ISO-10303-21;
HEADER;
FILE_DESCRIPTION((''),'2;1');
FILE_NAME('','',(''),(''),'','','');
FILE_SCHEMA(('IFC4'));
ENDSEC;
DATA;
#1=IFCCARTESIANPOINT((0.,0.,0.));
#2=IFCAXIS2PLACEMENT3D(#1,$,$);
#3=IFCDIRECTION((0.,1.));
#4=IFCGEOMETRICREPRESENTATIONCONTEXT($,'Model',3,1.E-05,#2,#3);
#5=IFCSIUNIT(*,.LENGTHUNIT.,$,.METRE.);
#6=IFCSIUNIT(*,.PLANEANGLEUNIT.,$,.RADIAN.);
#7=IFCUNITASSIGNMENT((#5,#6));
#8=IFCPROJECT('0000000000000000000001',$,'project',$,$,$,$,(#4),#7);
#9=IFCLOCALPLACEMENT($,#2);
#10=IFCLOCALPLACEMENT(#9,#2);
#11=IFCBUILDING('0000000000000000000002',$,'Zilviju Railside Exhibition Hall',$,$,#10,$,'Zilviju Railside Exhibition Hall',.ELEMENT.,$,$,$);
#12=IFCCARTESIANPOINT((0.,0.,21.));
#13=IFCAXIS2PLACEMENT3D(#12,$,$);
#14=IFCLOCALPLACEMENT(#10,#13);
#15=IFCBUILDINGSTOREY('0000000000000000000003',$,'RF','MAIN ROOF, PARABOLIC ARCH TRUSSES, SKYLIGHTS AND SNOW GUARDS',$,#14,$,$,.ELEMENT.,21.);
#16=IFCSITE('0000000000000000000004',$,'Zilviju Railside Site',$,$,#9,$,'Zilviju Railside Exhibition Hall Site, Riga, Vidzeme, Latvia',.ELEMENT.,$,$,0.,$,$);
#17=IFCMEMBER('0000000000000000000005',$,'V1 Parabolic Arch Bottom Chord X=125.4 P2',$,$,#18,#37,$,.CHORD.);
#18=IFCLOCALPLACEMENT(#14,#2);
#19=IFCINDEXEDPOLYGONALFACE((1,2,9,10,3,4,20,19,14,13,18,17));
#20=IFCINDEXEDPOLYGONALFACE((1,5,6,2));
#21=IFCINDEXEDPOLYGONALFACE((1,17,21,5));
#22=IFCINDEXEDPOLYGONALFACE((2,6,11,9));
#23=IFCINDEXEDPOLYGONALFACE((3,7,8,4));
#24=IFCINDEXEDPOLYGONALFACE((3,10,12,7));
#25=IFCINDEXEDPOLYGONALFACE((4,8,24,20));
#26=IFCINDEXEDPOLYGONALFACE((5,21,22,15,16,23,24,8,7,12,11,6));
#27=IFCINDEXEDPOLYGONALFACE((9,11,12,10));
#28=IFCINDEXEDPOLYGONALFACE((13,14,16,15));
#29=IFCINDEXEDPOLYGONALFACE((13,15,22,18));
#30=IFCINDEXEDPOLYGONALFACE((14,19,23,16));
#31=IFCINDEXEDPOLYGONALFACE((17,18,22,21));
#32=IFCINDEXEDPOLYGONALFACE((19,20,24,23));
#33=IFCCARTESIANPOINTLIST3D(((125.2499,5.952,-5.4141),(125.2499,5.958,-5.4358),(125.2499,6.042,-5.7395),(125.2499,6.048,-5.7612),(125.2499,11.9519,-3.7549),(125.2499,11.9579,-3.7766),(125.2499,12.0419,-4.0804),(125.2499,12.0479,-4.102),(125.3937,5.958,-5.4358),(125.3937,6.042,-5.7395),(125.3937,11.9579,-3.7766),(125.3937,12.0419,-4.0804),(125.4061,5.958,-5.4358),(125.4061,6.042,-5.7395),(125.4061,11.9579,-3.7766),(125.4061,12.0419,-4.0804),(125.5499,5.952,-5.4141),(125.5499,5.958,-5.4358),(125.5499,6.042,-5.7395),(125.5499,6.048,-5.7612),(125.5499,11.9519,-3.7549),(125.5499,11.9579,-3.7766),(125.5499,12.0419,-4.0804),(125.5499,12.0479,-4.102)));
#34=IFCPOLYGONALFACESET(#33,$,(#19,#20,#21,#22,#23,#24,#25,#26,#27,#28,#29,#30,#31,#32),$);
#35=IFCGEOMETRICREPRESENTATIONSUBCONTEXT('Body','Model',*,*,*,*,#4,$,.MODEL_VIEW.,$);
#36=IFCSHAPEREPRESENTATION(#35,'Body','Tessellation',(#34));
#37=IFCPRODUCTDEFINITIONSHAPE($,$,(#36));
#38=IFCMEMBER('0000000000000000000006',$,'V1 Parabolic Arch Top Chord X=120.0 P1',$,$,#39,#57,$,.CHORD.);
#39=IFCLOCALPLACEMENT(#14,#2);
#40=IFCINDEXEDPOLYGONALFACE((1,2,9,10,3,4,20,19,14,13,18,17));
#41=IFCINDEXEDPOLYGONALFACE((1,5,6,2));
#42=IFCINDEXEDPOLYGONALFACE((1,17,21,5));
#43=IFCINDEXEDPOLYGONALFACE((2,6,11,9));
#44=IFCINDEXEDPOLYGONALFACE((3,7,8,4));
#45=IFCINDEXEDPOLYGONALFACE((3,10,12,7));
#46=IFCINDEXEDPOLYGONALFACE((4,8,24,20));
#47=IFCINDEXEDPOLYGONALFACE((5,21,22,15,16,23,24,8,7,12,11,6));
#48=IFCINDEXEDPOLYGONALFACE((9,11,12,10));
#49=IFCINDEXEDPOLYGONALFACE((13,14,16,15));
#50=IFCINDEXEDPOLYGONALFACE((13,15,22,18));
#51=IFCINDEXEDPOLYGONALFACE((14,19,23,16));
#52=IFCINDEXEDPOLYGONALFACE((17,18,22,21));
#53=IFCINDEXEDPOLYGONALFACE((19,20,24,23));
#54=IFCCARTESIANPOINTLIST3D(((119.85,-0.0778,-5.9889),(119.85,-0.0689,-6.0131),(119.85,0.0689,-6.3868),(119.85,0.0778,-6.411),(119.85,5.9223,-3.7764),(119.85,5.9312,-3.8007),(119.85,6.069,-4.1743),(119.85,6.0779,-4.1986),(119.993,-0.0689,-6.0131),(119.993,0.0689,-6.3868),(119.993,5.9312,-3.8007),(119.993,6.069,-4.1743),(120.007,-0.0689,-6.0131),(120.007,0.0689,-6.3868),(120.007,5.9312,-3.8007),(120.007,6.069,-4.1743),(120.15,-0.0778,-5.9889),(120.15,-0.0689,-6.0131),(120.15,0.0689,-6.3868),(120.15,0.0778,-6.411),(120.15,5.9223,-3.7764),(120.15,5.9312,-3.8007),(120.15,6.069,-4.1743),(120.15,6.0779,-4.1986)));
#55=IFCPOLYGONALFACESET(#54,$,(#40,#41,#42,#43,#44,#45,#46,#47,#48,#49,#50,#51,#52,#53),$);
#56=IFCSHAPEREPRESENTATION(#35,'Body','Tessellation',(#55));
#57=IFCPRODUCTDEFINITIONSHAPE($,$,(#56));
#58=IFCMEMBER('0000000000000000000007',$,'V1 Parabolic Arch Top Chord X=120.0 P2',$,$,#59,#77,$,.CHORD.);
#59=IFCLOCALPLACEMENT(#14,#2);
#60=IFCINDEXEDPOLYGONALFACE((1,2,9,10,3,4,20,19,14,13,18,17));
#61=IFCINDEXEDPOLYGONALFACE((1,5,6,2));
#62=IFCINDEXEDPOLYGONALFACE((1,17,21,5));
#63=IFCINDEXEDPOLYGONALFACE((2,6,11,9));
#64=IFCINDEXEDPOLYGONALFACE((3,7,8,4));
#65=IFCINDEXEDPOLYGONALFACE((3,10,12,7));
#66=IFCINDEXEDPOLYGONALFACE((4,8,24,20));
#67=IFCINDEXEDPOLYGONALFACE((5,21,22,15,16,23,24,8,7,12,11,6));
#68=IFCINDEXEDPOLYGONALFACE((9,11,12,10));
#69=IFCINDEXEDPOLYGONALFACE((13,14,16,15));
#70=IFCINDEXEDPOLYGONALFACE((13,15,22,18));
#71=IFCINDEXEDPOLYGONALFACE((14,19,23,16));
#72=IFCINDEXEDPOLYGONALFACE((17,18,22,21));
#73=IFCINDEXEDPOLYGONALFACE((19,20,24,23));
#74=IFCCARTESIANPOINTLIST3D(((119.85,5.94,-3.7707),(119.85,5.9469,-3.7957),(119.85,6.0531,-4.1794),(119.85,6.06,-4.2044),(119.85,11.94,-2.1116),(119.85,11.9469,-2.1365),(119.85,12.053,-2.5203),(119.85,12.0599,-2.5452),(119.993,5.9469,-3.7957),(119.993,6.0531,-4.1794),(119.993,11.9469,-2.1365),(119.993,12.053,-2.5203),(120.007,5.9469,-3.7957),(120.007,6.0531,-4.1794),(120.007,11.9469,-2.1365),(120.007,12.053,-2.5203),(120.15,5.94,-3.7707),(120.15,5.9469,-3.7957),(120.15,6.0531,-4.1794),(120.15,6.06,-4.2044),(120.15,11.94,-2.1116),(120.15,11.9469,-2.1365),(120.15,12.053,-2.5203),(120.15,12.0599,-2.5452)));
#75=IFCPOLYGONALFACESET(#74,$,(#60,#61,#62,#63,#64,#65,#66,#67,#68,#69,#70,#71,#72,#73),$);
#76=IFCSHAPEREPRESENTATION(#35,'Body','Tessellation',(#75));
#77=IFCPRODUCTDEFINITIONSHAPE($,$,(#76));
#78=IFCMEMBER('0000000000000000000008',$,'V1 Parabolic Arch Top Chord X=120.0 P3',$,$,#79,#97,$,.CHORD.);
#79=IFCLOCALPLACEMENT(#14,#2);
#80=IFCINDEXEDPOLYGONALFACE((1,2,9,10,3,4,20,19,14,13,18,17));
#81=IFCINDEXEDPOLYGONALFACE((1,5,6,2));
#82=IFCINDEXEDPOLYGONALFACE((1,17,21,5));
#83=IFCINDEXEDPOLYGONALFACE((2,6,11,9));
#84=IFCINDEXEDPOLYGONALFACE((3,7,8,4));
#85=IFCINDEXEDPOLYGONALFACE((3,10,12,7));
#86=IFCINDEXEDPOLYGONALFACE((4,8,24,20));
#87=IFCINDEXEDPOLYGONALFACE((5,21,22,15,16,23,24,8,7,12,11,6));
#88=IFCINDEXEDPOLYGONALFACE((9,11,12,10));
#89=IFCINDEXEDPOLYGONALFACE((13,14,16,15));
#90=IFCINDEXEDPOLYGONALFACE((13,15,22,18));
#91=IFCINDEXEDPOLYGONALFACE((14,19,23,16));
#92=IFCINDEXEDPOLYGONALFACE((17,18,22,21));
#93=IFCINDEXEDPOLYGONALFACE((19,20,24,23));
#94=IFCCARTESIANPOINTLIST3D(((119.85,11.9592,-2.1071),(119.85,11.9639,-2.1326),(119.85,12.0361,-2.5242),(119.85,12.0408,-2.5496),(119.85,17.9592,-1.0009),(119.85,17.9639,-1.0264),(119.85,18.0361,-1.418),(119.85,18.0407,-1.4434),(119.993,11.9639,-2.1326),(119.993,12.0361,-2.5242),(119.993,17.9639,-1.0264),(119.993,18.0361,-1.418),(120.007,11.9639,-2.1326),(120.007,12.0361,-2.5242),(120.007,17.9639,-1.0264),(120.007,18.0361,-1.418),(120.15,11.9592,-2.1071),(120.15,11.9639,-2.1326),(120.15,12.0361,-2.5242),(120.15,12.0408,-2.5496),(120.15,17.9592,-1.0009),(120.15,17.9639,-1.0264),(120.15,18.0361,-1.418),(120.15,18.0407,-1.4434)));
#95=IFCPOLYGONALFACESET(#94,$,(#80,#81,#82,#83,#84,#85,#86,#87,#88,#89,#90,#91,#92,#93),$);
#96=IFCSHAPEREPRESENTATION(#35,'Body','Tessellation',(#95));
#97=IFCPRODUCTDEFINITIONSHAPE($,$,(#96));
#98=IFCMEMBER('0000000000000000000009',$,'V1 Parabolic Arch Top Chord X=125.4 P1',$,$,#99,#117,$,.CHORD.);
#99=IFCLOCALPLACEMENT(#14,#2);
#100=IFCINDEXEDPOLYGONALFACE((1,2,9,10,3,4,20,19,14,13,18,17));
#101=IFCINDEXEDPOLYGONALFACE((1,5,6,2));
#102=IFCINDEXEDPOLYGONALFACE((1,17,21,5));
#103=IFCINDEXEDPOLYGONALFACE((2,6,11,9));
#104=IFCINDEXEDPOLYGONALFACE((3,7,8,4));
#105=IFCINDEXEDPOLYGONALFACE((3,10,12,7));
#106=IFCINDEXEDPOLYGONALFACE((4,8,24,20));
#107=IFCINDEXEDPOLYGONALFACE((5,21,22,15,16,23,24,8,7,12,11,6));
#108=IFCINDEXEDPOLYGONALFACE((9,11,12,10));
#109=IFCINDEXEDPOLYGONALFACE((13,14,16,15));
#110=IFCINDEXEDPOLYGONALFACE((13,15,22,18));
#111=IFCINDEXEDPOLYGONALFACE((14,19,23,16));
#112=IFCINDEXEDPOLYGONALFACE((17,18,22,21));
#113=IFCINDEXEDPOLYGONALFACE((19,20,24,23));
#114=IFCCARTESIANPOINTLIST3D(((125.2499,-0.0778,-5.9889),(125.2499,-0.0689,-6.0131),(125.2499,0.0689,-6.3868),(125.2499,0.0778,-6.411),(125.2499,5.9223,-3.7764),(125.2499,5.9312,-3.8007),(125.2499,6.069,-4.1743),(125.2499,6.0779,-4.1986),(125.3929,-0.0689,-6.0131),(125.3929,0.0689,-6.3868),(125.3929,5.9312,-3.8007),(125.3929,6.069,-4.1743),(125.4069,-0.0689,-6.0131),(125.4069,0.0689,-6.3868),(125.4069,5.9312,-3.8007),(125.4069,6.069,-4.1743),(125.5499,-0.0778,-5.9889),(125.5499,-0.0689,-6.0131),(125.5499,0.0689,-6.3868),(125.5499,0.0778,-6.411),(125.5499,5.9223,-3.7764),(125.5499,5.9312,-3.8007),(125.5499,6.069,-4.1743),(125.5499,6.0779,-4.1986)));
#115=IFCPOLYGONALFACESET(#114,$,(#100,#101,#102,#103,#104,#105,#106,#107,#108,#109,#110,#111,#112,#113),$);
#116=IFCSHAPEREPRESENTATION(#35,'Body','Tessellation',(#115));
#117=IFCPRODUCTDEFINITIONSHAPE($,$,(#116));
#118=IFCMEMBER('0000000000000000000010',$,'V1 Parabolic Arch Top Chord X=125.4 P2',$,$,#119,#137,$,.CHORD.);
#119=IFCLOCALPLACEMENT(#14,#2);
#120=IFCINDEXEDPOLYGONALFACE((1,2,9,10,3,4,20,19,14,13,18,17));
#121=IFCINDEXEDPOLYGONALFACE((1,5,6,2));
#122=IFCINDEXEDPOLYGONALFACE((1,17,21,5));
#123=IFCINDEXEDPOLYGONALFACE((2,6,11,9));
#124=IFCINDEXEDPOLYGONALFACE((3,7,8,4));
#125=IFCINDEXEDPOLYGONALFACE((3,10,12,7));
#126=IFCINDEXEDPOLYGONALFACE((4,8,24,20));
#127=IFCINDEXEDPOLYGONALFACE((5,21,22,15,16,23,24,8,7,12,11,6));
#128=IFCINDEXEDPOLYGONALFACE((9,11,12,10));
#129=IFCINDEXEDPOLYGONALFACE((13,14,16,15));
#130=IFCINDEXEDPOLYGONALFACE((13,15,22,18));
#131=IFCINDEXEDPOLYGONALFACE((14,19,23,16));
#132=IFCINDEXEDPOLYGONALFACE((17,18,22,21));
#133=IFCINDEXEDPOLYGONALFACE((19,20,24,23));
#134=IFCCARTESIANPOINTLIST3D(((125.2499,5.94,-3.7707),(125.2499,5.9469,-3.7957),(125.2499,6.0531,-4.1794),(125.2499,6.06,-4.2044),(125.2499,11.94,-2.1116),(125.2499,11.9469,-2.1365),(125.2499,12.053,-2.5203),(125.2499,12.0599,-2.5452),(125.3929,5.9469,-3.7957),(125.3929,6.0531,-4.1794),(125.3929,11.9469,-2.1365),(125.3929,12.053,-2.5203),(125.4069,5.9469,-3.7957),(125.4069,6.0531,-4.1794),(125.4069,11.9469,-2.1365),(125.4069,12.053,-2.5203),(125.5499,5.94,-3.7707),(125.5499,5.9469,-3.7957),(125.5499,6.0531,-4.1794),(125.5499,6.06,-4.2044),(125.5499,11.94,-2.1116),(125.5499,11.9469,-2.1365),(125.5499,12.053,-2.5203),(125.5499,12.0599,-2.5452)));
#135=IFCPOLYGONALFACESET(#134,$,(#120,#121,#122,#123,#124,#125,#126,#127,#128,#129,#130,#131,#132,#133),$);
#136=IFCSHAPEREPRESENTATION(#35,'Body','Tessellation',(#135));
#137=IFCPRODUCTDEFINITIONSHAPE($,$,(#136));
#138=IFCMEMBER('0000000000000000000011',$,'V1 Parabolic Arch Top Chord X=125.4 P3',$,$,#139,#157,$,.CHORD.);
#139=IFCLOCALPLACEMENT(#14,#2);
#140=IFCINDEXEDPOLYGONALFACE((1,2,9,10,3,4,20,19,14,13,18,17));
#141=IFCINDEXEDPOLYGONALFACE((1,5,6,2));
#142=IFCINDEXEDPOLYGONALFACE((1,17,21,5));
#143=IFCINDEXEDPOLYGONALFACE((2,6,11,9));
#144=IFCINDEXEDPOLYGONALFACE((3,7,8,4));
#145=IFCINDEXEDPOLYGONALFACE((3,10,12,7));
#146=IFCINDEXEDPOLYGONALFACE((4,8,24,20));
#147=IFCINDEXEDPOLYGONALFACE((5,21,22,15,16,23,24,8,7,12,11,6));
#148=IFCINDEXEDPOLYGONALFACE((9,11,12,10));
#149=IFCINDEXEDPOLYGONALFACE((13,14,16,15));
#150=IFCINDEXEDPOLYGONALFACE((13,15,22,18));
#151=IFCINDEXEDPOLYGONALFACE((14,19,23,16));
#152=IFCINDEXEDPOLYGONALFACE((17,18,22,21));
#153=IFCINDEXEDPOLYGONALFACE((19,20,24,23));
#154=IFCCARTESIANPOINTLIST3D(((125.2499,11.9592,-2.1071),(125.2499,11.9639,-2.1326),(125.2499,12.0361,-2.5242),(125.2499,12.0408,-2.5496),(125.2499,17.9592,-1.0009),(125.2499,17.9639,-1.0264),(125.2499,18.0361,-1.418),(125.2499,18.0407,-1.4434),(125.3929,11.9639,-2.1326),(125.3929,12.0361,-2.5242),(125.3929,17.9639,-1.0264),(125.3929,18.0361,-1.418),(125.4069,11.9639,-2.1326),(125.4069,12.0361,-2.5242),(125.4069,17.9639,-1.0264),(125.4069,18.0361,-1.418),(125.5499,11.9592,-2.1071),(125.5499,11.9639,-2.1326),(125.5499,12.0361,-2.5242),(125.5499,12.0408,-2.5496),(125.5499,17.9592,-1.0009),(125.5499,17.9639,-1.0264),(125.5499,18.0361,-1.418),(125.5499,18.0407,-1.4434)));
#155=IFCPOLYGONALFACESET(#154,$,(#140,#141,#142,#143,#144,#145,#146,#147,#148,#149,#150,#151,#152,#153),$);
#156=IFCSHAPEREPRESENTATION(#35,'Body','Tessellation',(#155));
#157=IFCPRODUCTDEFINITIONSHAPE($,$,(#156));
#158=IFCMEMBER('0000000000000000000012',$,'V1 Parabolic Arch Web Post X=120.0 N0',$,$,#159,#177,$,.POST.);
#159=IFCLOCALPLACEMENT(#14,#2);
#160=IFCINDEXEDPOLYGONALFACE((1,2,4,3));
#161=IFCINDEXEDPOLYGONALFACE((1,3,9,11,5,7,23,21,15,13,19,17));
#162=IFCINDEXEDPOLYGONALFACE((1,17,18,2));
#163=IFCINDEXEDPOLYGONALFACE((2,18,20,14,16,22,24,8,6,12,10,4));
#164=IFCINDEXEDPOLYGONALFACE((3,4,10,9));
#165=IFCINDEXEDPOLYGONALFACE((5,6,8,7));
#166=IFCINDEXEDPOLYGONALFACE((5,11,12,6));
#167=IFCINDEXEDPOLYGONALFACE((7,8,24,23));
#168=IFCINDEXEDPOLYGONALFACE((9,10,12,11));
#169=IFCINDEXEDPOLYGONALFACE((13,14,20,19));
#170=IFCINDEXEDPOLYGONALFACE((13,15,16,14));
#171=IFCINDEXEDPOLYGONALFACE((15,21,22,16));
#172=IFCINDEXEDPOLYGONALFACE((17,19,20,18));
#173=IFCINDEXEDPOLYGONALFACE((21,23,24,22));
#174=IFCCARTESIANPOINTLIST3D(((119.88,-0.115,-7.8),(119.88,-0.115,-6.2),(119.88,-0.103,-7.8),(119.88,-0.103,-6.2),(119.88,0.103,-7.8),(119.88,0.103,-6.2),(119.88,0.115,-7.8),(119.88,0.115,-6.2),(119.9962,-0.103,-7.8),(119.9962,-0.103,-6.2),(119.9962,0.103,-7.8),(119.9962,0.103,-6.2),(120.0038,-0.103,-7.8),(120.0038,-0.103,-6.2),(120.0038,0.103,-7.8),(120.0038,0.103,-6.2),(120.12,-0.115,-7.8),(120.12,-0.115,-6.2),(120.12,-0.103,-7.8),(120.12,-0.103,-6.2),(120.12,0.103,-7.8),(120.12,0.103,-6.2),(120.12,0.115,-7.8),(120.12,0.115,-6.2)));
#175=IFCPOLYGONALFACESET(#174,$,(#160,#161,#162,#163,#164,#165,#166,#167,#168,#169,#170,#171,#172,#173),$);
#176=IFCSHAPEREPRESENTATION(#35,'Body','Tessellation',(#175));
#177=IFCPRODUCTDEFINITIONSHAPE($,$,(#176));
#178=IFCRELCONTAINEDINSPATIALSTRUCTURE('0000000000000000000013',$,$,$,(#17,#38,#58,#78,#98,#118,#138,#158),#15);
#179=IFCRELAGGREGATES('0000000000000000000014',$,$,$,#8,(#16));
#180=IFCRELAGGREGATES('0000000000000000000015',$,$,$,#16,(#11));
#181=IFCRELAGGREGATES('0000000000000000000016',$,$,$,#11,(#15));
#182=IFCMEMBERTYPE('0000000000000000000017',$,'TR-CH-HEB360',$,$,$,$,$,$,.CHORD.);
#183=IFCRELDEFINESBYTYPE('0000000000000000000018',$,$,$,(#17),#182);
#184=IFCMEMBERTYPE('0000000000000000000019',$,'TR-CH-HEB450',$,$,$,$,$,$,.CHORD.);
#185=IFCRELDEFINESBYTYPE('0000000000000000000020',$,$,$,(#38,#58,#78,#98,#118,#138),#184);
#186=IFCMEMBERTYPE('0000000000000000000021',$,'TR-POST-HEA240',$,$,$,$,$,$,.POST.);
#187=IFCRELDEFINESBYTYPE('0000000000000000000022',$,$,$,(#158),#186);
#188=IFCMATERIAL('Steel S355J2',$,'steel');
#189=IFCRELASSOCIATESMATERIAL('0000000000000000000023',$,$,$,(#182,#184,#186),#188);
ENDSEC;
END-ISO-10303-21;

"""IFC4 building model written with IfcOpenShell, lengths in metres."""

from ifc_helpers import new_model, si_unit, direction, frame, origin, origin_2d, place, context, subcontext, project, spatial, i_section, extrude, material, material_profile, profile_set, type_object, element, save


model = new_model("IFC4")

# Units and contexts
model_context = context("Model", 3, precision=1e-05, world=origin(), true_north=direction((0.0, 1.0)))
body_context = subcontext(model_context, "Body", "Model", "MODEL_VIEW")
ifc_project = project(units=[si_unit("LENGTHUNIT", "METRE"), si_unit("PLANEANGLEUNIT", "RADIAN")], contexts=[model_context])

# Site, building, storey
site_placement = place(None, origin())
site = spatial("IfcSite", under=ifc_project, at=site_placement, Name="Zilviju Railside Site", LongName="Zilviju Railside Exhibition Hall Site, Riga, Vidzeme, Latvia", CompositionType="ELEMENT", RefElevation=0.0)
building_placement = place(site_placement, origin())
building = spatial("IfcBuilding", under=site, at=building_placement, Name="Zilviju Railside Exhibition Hall", LongName="Zilviju Railside Exhibition Hall", CompositionType="ELEMENT")
storey_placement = place(building_placement, frame((0.0, 0.0, 21.0)))
storey = spatial("IfcBuildingStorey", under=building, at=storey_placement, Name="RF", Description="MAIN ROOF, PARABOLIC ARCH TRUSSES, SKYLIGHTS AND SNOW GUARDS", CompositionType="ELEMENT", Elevation=21.0)

# Members
ifc_material_1 = material(Name="Steel S355J2", Category="steel")
ifc_material_profile_1 = material_profile(ifc_material_1, i_section(OverallWidth=0.3, OverallDepth=0.3601, WebThickness=0.0125, FlangeThickness=0.0225, at=origin_2d()), Name="HEB 360")
ifc_profile_set_1 = profile_set([ifc_material_profile_1], Name="Steel S355J2")
member_type_1 = type_object("IfcMemberType", Name="TR-CH-HEB360", PredefinedType="CHORD", material=ifc_profile_set_1)
member_1_placement = place(storey_placement, frame((125.3999, 6.0, -5.5876), z_axis=(0.0, 0.963827, 0.266527), x_axis=(-1.0, 0.0, 0.0)))
element("IfcMember", 1, at=member_1_placement, inside=storey, type_object=member_type_1, Name="V1 Parabolic Arch Bottom Chord X=125.4 P2", PredefinedType="CHORD", context=body_context, shape_type="SweptSolid", body=[
    extrude(i_section(OverallWidth=0.3, OverallDepth=0.3601, WebThickness=0.0125, FlangeThickness=0.0225, at=origin_2d()), origin(), (0.0, 0.0, 1.0), 6.2251),
])
ifc_material_profile_2 = material_profile(ifc_material_1, i_section(OverallWidth=0.3, OverallDepth=0.45, WebThickness=0.0139, FlangeThickness=0.0259, at=origin_2d()), Name="HEB 450")
ifc_profile_set_2 = profile_set([ifc_material_profile_2], Name="Steel S355J2")
member_type_2 = type_object("IfcMemberType", Name="TR-CH-HEB450", PredefinedType="CHORD", material=ifc_profile_set_2)
member_2_placement = place(storey_placement, frame((120.0, 0.0, -6.2), z_axis=(0.0, 0.938248, 0.345964), x_axis=(-1.0, 0.0, 0.0)))
element("IfcMember", 2, at=member_2_placement, inside=storey, type_object=member_type_2, Name="V1 Parabolic Arch Top Chord X=120.0 P1", PredefinedType="CHORD", context=body_context, shape_type="SweptSolid", body=[
    extrude(i_section(OverallWidth=0.3, OverallDepth=0.45, WebThickness=0.0139, FlangeThickness=0.0259, at=origin_2d()), origin(), (0.0, 0.0, 1.0), 6.395),
])
member_3_placement = place(storey_placement, frame((120.0, 6.0, -3.9875), z_axis=(0.0, 0.963827, 0.266527), x_axis=(-1.0, 0.0, 0.0)))
element("IfcMember", 3, at=member_3_placement, inside=storey, type_object=member_type_2, Name="V1 Parabolic Arch Top Chord X=120.0 P2", PredefinedType="CHORD", context=body_context, shape_type="SweptSolid", body=[
    extrude(i_section(OverallWidth=0.3, OverallDepth=0.45, WebThickness=0.0139, FlangeThickness=0.0259, at=origin_2d()), origin(), (0.0, 0.0, 1.0), 6.2251),
])
member_4_placement = place(storey_placement, frame((120.0, 12.0, -2.3284), z_axis=(0.0, 0.983426, 0.181311), x_axis=(-1.0, 0.0, 0.0)))
element("IfcMember", 4, at=member_4_placement, inside=storey, type_object=member_type_2, Name="V1 Parabolic Arch Top Chord X=120.0 P3", PredefinedType="CHORD", context=body_context, shape_type="SweptSolid", body=[
    extrude(i_section(OverallWidth=0.3, OverallDepth=0.45, WebThickness=0.0139, FlangeThickness=0.0259, at=origin_2d()), origin(), (0.0, 0.0, 1.0), 6.1011),
])
member_5_placement = place(storey_placement, frame((125.3999, 0.0, -6.2), z_axis=(0.0, 0.938248, 0.345964), x_axis=(-1.0, 0.0, 0.0)))
element("IfcMember", 5, at=member_5_placement, inside=storey, type_object=member_type_2, Name="V1 Parabolic Arch Top Chord X=125.4 P1", PredefinedType="CHORD", context=body_context, shape_type="SweptSolid", body=[
    extrude(i_section(OverallWidth=0.3, OverallDepth=0.45, WebThickness=0.0139, FlangeThickness=0.0259, at=origin_2d()), origin(), (0.0, 0.0, 1.0), 6.395),
])
member_6_placement = place(storey_placement, frame((125.3999, 6.0, -3.9875), z_axis=(0.0, 0.963827, 0.266527), x_axis=(-1.0, 0.0, 0.0)))
element("IfcMember", 6, at=member_6_placement, inside=storey, type_object=member_type_2, Name="V1 Parabolic Arch Top Chord X=125.4 P2", PredefinedType="CHORD", context=body_context, shape_type="SweptSolid", body=[
    extrude(i_section(OverallWidth=0.3, OverallDepth=0.45, WebThickness=0.0139, FlangeThickness=0.0259, at=origin_2d()), origin(), (0.0, 0.0, 1.0), 6.2251),
])
member_7_placement = place(storey_placement, frame((125.3999, 12.0, -2.3284), z_axis=(0.0, 0.983426, 0.181311), x_axis=(-1.0, 0.0, 0.0)))
element("IfcMember", 7, at=member_7_placement, inside=storey, type_object=member_type_2, Name="V1 Parabolic Arch Top Chord X=125.4 P3", PredefinedType="CHORD", context=body_context, shape_type="SweptSolid", body=[
    extrude(i_section(OverallWidth=0.3, OverallDepth=0.45, WebThickness=0.0139, FlangeThickness=0.0259, at=origin_2d()), origin(), (0.0, 0.0, 1.0), 6.1011),
])
ifc_material_profile_3 = material_profile(ifc_material_1, i_section(OverallWidth=0.24, OverallDepth=0.23, WebThickness=0.0076, FlangeThickness=0.012, at=origin_2d()), Name="HEA 240")
ifc_profile_set_3 = profile_set([ifc_material_profile_3], Name="Steel S355J2")
member_type_3 = type_object("IfcMemberType", Name="TR-POST-HEA240", PredefinedType="POST", material=ifc_profile_set_3)
for number, where, z_axis, x_axis, name in (
    (8, (120.0, 0.0, -7.8), (0.0, 0.0, 1.0), (1.0, 0.0, 0.0), "V1 Parabolic Arch Web Post X=120.0 N0"),
):
    element("IfcMember", number, at=place(storey_placement, frame(where, z_axis=z_axis, x_axis=x_axis)), inside=storey, type_object=member_type_3, Name=name, PredefinedType="POST", context=body_context, shape_type="SweptSolid", body=[
        extrude(i_section(OverallWidth=0.24, OverallDepth=0.23, WebThickness=0.0076, FlangeThickness=0.012, at=origin_2d()), origin(), (0.0, 0.0, 1.0), 1.6001),
    ])

save(model, "model.ifc")
